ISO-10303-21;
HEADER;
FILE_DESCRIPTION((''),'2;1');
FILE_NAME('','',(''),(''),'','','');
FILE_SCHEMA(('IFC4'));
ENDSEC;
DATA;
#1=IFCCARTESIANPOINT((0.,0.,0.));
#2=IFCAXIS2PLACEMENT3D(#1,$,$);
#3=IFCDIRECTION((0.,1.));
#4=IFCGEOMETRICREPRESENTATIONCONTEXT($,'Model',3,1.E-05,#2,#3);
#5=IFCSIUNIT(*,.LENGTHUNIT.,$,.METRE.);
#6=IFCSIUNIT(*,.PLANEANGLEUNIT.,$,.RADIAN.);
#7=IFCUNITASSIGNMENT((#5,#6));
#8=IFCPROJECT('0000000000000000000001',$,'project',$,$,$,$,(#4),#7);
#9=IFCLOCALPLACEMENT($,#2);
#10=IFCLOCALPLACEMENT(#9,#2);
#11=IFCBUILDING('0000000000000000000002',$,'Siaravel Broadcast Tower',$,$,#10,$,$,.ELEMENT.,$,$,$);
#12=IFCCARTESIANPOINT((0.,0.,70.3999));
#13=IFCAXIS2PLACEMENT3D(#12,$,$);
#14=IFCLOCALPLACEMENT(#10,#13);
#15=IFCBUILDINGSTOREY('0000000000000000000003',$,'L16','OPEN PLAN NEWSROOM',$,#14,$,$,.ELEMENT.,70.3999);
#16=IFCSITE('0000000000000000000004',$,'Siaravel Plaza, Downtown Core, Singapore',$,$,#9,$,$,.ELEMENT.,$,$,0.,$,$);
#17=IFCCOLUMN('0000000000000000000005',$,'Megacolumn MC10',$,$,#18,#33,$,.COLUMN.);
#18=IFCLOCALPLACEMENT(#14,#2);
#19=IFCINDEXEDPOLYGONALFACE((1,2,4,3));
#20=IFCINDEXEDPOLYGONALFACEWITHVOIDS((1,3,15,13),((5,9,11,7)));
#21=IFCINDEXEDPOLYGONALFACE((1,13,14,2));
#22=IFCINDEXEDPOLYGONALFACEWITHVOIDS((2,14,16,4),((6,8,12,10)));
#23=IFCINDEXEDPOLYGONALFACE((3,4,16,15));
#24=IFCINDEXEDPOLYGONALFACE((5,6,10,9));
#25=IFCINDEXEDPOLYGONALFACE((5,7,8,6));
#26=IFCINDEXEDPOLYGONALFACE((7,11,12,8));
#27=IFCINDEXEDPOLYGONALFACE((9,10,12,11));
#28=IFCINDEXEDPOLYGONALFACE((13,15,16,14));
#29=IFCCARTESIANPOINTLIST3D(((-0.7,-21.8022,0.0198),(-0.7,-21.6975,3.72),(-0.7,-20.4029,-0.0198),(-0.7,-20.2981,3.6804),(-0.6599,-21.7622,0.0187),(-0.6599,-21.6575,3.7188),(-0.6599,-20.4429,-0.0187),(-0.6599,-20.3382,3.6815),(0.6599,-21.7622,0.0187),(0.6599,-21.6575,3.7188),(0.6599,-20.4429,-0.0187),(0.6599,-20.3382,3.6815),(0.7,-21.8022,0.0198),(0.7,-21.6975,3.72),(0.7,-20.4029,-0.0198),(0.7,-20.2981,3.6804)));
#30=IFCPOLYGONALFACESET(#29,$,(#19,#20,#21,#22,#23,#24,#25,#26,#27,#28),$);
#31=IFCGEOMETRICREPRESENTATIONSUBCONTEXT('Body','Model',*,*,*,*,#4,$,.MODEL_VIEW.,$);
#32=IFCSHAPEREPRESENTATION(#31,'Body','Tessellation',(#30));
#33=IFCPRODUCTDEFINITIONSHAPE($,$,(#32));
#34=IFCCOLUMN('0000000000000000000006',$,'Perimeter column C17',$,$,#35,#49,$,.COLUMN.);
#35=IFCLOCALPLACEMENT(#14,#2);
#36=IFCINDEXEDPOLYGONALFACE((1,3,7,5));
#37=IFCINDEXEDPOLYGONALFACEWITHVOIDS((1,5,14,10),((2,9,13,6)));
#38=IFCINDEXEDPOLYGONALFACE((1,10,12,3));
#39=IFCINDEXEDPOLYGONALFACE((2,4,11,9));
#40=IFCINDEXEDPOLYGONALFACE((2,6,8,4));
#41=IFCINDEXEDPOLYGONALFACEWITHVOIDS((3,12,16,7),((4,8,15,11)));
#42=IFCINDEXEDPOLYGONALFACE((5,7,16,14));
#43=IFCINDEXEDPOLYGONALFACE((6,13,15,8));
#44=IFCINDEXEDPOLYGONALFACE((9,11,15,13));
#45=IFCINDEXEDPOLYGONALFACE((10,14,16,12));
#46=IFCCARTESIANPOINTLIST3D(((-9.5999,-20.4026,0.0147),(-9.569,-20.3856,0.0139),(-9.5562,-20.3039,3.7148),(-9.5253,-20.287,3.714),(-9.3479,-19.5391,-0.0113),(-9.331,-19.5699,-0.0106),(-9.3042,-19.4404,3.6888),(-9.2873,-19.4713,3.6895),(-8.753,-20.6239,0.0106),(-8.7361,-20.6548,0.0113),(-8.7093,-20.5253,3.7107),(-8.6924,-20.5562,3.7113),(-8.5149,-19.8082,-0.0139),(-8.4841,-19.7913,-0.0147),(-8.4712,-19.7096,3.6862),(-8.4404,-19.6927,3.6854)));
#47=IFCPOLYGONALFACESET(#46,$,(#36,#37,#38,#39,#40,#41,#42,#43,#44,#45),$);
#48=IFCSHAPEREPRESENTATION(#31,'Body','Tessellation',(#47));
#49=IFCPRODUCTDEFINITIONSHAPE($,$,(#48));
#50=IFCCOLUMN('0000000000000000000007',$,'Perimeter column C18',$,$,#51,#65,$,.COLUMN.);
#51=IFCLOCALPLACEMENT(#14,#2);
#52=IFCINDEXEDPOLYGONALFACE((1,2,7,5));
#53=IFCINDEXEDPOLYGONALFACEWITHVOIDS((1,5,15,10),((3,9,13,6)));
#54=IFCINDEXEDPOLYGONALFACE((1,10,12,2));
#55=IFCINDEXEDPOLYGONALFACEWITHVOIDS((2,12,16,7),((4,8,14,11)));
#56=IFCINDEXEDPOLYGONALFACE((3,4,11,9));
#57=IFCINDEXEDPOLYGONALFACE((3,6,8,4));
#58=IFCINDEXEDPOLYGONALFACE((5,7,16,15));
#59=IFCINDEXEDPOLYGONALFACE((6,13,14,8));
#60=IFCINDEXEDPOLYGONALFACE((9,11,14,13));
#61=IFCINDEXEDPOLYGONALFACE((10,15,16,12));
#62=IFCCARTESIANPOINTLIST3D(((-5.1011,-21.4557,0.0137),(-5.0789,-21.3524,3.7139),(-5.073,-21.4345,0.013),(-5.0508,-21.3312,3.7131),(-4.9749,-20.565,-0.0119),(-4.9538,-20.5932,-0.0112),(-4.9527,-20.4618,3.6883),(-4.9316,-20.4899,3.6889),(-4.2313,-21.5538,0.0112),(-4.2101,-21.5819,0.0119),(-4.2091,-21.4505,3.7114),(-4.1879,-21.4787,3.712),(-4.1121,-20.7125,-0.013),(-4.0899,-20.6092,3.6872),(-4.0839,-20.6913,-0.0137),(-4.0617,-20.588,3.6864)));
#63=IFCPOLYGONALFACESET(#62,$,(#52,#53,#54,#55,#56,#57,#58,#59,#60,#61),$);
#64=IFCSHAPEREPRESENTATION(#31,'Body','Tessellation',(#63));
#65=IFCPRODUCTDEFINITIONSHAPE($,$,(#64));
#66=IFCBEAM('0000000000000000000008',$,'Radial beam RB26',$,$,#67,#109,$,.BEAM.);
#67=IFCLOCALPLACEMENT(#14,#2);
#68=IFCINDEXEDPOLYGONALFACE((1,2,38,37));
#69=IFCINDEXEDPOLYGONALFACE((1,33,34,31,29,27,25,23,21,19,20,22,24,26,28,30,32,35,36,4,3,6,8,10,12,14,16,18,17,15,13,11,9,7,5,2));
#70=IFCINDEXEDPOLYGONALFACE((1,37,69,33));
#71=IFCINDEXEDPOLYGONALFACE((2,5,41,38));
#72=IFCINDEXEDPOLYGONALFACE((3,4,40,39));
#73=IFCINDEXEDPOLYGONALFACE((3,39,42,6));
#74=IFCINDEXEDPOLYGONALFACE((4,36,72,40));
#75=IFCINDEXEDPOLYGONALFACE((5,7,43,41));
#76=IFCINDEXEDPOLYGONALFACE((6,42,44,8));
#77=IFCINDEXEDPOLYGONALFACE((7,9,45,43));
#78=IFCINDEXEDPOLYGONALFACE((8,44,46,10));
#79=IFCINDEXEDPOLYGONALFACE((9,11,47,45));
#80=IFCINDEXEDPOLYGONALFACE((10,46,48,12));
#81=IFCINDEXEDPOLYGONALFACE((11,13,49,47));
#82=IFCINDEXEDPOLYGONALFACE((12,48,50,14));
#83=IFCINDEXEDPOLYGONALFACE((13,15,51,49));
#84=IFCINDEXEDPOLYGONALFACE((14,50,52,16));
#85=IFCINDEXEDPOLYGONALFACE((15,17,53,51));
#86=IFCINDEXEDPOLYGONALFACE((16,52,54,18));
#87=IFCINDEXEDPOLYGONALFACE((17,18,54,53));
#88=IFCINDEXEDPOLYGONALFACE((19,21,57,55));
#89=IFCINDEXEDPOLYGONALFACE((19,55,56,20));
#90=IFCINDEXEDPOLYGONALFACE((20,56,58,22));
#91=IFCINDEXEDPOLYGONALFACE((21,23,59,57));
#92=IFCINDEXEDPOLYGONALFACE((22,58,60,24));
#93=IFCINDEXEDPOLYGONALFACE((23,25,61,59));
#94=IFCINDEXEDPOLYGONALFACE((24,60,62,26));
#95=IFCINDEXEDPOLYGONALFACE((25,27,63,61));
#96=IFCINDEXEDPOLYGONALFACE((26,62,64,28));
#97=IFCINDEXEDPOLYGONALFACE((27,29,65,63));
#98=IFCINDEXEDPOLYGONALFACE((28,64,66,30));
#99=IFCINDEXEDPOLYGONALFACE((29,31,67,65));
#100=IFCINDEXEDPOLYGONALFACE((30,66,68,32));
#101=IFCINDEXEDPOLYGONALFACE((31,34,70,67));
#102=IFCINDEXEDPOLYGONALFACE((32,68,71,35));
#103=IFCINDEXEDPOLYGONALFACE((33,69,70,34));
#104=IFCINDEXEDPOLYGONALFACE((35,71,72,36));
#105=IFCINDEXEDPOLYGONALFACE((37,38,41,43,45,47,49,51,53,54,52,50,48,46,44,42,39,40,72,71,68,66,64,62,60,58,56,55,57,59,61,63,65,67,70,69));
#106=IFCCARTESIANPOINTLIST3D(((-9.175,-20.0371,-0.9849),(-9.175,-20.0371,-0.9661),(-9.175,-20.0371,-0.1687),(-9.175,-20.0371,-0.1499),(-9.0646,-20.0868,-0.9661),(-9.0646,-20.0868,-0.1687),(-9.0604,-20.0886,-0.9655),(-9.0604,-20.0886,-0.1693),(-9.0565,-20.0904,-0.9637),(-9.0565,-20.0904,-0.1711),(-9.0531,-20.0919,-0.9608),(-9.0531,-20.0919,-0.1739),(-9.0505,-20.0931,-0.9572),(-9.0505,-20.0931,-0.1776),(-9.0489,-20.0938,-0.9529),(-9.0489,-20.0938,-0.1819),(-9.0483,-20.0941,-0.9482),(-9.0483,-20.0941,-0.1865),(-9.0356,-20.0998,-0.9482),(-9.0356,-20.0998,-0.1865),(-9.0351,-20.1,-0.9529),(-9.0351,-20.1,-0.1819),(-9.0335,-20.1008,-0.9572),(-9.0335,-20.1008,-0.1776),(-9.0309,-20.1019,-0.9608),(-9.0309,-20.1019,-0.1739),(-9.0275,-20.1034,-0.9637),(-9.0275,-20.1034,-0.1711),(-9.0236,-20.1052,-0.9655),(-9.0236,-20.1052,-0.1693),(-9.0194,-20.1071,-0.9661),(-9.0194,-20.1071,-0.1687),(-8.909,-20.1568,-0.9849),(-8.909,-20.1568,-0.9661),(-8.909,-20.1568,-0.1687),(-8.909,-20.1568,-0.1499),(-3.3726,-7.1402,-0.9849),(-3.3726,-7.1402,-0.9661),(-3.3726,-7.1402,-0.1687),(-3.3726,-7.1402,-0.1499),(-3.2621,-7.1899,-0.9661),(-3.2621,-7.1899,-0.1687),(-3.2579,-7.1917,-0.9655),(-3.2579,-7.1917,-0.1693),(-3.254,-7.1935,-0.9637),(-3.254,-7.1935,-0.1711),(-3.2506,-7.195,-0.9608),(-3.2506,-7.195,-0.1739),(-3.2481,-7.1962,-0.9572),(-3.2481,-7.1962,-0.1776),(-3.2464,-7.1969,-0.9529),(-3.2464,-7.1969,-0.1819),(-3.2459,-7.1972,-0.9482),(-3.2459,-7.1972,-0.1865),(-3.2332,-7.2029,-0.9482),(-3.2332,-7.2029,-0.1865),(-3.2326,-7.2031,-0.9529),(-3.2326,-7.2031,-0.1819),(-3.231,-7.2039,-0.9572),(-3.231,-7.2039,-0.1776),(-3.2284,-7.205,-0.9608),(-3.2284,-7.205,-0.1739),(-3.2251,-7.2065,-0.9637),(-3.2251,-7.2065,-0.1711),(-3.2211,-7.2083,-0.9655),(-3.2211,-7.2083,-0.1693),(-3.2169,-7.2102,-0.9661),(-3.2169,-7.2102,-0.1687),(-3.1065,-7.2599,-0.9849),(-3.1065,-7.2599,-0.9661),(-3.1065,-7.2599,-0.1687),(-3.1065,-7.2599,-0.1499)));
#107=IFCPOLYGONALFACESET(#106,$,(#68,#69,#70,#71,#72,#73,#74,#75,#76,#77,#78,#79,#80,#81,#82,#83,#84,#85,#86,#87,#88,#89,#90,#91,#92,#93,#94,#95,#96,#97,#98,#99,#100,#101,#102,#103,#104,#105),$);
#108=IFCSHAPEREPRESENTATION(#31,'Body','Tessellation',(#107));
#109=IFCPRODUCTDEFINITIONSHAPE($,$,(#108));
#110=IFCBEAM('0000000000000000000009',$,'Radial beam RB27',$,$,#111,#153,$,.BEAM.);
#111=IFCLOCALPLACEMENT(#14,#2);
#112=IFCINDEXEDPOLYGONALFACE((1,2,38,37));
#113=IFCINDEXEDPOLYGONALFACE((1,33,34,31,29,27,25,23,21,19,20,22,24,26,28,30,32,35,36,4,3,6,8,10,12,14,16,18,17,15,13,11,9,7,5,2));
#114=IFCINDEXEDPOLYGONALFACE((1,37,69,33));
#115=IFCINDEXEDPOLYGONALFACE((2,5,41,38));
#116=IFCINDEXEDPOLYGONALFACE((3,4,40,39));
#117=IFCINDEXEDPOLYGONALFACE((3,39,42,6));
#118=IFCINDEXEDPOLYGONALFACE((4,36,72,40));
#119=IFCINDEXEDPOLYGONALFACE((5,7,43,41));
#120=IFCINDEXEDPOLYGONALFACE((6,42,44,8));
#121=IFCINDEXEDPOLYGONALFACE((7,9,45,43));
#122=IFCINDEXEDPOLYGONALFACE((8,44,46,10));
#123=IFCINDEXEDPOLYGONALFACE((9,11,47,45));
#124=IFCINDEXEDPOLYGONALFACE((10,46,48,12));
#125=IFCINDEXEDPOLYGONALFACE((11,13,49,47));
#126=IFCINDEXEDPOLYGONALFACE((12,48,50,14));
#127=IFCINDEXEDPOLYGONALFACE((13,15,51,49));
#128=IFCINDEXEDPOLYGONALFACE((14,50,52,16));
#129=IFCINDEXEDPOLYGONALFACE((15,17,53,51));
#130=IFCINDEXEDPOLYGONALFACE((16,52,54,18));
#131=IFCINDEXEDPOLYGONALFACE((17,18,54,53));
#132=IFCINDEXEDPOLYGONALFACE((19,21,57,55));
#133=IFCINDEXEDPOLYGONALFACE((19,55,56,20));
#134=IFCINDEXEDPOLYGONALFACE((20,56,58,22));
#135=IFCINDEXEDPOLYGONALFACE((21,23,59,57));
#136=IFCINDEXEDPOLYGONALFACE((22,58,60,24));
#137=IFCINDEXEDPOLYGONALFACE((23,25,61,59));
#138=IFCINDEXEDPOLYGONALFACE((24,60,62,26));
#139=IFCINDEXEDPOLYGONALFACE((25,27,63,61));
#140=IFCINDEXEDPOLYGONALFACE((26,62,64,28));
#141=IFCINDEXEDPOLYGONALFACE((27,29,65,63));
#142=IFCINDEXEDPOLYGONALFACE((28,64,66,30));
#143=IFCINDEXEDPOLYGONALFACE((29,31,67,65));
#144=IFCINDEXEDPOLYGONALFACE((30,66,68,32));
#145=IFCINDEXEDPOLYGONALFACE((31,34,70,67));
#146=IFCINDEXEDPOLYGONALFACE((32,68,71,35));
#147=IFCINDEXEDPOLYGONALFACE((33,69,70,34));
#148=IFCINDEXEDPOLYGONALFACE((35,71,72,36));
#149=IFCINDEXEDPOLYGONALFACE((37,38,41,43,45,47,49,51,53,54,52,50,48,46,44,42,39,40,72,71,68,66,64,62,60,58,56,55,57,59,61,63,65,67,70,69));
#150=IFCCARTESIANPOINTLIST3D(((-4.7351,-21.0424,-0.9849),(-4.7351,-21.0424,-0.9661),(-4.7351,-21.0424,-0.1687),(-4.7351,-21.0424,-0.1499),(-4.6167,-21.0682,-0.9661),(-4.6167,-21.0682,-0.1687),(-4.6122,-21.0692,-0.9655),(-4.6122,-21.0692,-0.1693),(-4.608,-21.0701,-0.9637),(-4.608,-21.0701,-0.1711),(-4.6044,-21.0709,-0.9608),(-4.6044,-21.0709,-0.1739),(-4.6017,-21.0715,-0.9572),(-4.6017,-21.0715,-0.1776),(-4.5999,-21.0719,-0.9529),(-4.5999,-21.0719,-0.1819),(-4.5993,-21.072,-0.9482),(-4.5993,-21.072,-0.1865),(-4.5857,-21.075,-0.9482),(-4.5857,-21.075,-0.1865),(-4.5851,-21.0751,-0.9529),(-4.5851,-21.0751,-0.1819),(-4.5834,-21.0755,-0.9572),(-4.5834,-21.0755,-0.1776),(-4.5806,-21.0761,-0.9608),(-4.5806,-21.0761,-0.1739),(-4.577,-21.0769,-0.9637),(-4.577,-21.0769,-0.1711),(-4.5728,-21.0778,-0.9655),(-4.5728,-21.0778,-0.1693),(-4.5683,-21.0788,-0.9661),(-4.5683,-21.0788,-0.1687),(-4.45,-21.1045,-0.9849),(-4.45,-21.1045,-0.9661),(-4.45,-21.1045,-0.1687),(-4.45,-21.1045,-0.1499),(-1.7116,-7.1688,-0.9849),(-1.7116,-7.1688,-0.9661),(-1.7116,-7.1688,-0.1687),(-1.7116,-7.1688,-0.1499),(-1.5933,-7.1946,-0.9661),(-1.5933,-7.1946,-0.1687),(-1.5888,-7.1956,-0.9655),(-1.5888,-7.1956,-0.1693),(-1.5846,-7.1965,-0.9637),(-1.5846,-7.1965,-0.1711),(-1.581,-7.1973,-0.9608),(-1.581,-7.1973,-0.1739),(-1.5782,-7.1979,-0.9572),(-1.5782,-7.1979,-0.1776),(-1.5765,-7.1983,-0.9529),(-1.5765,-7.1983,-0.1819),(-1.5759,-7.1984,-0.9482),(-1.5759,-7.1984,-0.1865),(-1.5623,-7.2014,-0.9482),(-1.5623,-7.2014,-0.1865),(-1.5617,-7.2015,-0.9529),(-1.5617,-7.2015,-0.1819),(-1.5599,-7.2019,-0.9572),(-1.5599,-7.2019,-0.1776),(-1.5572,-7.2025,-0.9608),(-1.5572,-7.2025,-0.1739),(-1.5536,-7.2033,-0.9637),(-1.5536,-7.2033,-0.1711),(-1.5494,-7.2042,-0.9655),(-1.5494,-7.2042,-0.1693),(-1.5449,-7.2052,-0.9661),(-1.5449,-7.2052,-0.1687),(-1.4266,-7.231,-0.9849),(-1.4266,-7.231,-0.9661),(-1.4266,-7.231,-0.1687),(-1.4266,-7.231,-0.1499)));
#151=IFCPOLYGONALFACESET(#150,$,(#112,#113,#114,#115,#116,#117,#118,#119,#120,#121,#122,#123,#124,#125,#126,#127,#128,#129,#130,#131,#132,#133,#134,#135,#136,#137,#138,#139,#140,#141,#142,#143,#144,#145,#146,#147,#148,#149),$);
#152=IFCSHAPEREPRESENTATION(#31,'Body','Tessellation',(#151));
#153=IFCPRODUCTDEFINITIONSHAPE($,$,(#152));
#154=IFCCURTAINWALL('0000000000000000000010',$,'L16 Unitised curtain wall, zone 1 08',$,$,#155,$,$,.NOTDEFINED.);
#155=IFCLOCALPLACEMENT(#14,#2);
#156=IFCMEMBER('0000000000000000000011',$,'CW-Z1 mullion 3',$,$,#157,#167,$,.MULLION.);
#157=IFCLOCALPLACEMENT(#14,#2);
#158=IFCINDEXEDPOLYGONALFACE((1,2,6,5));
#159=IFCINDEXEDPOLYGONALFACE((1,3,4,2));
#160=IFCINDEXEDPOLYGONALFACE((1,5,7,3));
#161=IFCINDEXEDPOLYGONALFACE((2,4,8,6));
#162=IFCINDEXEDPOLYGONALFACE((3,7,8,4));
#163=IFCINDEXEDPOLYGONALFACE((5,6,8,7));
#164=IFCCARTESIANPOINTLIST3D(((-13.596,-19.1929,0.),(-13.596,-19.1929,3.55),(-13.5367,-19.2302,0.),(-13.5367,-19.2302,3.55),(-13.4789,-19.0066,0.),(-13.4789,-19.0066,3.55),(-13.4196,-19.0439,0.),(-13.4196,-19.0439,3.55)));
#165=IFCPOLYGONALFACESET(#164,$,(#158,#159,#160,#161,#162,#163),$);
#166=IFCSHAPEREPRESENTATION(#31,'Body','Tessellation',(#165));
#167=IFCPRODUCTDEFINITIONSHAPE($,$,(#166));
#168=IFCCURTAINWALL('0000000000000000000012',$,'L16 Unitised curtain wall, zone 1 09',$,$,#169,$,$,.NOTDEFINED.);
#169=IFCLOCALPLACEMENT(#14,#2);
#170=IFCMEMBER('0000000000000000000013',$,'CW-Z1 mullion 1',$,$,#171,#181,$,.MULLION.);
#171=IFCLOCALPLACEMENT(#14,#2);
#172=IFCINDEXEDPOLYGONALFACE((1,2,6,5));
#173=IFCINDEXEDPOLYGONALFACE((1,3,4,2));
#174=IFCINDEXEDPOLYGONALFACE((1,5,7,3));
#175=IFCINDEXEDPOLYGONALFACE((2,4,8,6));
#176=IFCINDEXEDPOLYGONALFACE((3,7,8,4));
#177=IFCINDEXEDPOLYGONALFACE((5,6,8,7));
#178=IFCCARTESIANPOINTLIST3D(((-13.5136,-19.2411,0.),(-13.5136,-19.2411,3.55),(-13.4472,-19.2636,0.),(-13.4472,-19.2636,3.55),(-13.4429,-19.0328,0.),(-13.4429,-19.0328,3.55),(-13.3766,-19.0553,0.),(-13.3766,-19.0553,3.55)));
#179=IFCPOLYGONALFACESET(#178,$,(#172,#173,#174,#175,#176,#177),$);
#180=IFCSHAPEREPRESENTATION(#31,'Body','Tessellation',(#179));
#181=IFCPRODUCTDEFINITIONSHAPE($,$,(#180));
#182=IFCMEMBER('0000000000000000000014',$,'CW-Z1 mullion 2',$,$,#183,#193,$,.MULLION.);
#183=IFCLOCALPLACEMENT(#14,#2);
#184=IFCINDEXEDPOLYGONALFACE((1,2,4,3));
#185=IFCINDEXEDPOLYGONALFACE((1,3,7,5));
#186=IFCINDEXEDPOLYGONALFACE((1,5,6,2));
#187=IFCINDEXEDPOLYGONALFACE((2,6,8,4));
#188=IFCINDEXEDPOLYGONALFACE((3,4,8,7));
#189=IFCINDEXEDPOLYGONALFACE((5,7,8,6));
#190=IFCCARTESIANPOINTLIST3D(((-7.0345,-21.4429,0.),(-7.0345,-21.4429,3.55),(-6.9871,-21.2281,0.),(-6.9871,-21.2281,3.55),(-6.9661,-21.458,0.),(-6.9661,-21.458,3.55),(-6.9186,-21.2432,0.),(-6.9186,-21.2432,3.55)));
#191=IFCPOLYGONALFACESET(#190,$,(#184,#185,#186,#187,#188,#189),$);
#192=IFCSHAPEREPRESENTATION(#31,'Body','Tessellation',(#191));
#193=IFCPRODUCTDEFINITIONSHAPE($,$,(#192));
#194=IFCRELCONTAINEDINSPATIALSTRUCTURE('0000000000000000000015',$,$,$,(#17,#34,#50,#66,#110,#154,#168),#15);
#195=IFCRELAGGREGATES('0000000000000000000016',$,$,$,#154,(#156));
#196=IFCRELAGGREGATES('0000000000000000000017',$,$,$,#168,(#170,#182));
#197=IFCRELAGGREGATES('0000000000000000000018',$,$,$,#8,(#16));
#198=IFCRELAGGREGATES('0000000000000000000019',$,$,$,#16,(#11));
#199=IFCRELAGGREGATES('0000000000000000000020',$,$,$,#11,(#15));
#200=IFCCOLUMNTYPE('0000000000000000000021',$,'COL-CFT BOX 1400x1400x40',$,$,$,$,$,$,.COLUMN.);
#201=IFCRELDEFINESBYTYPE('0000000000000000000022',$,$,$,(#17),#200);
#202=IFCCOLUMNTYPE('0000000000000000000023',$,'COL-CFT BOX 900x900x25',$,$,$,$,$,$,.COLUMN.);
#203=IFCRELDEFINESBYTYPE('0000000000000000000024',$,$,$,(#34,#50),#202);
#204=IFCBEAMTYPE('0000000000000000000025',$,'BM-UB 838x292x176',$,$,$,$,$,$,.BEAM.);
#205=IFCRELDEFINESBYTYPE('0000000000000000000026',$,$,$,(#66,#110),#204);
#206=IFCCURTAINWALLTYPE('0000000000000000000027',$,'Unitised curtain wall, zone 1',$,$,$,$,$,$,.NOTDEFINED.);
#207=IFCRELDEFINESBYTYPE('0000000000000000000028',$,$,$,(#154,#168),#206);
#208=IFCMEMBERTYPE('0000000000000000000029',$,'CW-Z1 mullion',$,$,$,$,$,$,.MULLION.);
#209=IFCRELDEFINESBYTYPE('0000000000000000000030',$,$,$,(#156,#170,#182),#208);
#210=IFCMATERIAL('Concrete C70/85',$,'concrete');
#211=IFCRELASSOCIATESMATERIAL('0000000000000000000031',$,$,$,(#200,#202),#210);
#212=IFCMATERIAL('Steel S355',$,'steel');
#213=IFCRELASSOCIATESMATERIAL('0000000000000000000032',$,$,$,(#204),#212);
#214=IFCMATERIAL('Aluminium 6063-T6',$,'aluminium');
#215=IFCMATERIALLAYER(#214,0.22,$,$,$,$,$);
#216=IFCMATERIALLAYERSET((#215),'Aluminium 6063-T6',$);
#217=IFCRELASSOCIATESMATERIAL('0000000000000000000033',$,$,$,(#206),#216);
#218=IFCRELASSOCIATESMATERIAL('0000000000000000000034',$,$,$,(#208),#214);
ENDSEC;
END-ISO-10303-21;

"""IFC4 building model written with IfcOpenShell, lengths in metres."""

from ifc_helpers import new_model, si_unit, direction, frame, origin, origin_2d, place, context, subcontext, project, spatial, rectangle, hollow_rectangle, i_section, extrude, material, layer, layer_set, material_profile, profile_set, type_object, element, aggregate, save


model = new_model("IFC4")

# Units and contexts
model_context = context("Model", 3, precision=1e-05, world=origin(), true_north=direction((0.0, 1.0)))
body_context = subcontext(model_context, "Body", "Model", "MODEL_VIEW")
ifc_project = project(units=[si_unit("LENGTHUNIT", "METRE"), si_unit("PLANEANGLEUNIT", "RADIAN")], contexts=[model_context])

# Site, building, storey
site_placement = place(None, origin())
site = spatial("IfcSite", under=ifc_project, at=site_placement, Name="Siaravel Plaza, Downtown Core, Singapore", CompositionType="ELEMENT", RefElevation=0.0)
building_placement = place(site_placement, origin())
building = spatial("IfcBuilding", under=site, at=building_placement, Name="Siaravel Broadcast Tower", CompositionType="ELEMENT")
storey_placement = place(building_placement, frame((0.0, 0.0, 70.3999)))
storey = spatial("IfcBuildingStorey", under=building, at=storey_placement, Name="L16", Description="OPEN PLAN NEWSROOM", CompositionType="ELEMENT", Elevation=70.3999)

# Columns
ifc_material_1 = material(Name="Concrete C70/85", Category="concrete")
ifc_material_profile_1 = material_profile(ifc_material_1, hollow_rectangle(XDim=1.3999, YDim=1.3999, WallThickness=0.04, at=origin_2d()))
ifc_profile_set_1 = profile_set([ifc_material_profile_1], Name="Concrete C70/85")
column_type_1 = type_object("IfcColumnType", Name="COL-CFT BOX 1400x1400x40", PredefinedType="COLUMN", material=ifc_profile_set_1)
column_placement = place(storey_placement, frame((0.0, -21.1025, 0.0), z_axis=(0.0, 0.028294, 0.9996), x_axis=(-1.0, 0.0, 0.0)))
element("IfcColumn", 1, at=column_placement, inside=storey, type_object=column_type_1, Name="Megacolumn MC10", PredefinedType="COLUMN", context=body_context, shape_type="SweptSolid", body=[
    extrude(hollow_rectangle(XDim=1.3999, YDim=1.3999, WallThickness=0.04, at=origin_2d()), origin(), (0.0, 0.0, 1.0), 3.7017),
])
ifc_material_profile_2 = material_profile(ifc_material_1, hollow_rectangle(XDim=0.8999, YDim=0.8999, WallThickness=0.0249, at=origin_2d()))
ifc_profile_set_2 = profile_set([ifc_material_profile_2], Name="Concrete C70/85")
column_type_2 = type_object("IfcColumnType", Name="COL-CFT BOX 900x900x25", PredefinedType="COLUMN", material=ifc_profile_set_2)
for number, where, z_axis, x_axis, name in (
    (2, (-9.042, -20.0969, 0.0), (0.011805, 0.026645, 0.999575), (-0.959911, 0.280277, 0.003866), "Perimeter column C17"),
    (3, (-4.5925, -21.0735, 0.0), (0.006002, 0.027898, 0.999593), (-0.990103, 0.140325, 0.002028), "Perimeter column C18"),
):
    element("IfcColumn", number, at=place(storey_placement, frame(where, z_axis=z_axis, x_axis=x_axis)), inside=storey, type_object=column_type_2, Name=name, PredefinedType="COLUMN", context=body_context, shape_type="SweptSolid", body=[
        extrude(hollow_rectangle(XDim=0.8999, YDim=0.8999, WallThickness=0.0249, at=origin_2d()), origin(), (0.0, 0.0, 1.0), 3.7017),
    ])

# Beams
ifc_material_2 = material(Name="Steel S355", Category="steel")
ifc_material_profile_3 = material_profile(ifc_material_2, i_section(OverallWidth=0.2917, OverallDepth=0.835, WebThickness=0.0139, FlangeThickness=0.0188, FilletRadius=0.0178, at=origin_2d()))
ifc_profile_set_3 = profile_set([ifc_material_profile_3], Name="Steel S355")
beam_type = type_object("IfcBeamType", Name="BM-UB 838x292x176", PredefinedType="BEAM", material=ifc_profile_set_3)
beam_1_placement = place(storey_placement, frame((-9.042, -20.0969, -0.5674), z_axis=(0.410297, 0.911952, 0.0), x_axis=(-0.911952, 0.410297, 0.0)))
element("IfcBeam", 4, at=beam_1_placement, inside=storey, type_object=beam_type, Name="Radial beam RB26", PredefinedType="BEAM", context=body_context, shape_type="SweptSolid", body=[
    extrude(i_section(OverallWidth=0.2917, OverallDepth=0.835, WebThickness=0.0139, FlangeThickness=0.0188, FilletRadius=0.0178, at=origin_2d()), origin(), (0.0, 0.0, 1.0), 14.1421),
])
beam_2_placement = place(storey_placement, frame((-4.5925, -21.0735, -0.5674), z_axis=(0.212931, 0.977067, 0.0), x_axis=(-0.977067, 0.212931, 0.0)))
element("IfcBeam", 5, at=beam_2_placement, inside=storey, type_object=beam_type, Name="Radial beam RB27", PredefinedType="BEAM", context=body_context, shape_type="SweptSolid", body=[
    extrude(i_section(OverallWidth=0.2917, OverallDepth=0.835, WebThickness=0.0139, FlangeThickness=0.0188, FilletRadius=0.0178, at=origin_2d()), origin(), (0.0, 0.0, 1.0), 14.1992),
])

# Curtain wall, member
ifc_material_3 = material(Name="Aluminium 6063-T6", Category="aluminium")
ifc_layer_1 = layer(ifc_material_3, 0.22)
ifc_layer_set_1 = layer_set([ifc_layer_1], Name="Aluminium 6063-T6")
curtain_wall_type = type_object("IfcCurtainWallType", Name="Unitised curtain wall, zone 1", PredefinedType="NOTDEFINED", material=ifc_layer_set_1)
curtain_wall_1_placement = place(storey_placement, origin())
curtain_wall_1 = element("IfcCurtainWall", 6, at=curtain_wall_1_placement, inside=storey, type_object=curtain_wall_type, Name="L16 Unitised curtain wall, zone 1 08", PredefinedType="NOTDEFINED")
ifc_material_profile_4 = material_profile(ifc_material_3, rectangle(XDim=0.22, YDim=0.0701, at=origin_2d()))
ifc_profile_set_4 = profile_set([ifc_material_profile_4], Name="Aluminium 6063-T6")
member_type_1 = type_object("IfcMemberType", Name="CW-Z1 mullion", PredefinedType="MULLION", material=ifc_profile_set_4)
member_1_placement = place(storey_placement, frame((-13.5078, -19.1184, 0.0), z_axis=(0.0, 0.0, 1.0), x_axis=(0.53215, 0.84665, 0.0)))
member_1 = element("IfcMember", 7, at=member_1_placement, type_object=member_type_1, Name="CW-Z1 mullion 3", PredefinedType="MULLION", context=body_context, shape_type="SweptSolid", body=[
    extrude(rectangle(XDim=0.22, YDim=0.0701, at=origin_2d()), origin(), (0.0, 0.0, 1.0), 3.55),
])
aggregate(curtain_wall_1, [member_1])

# Curtain wall, members
curtain_wall_2_placement = place(storey_placement, origin())
curtain_wall_2 = element("IfcCurtainWall", 8, at=curtain_wall_2_placement, inside=storey, type_object=curtain_wall_type, Name="L16 Unitised curtain wall, zone 1 09", PredefinedType="NOTDEFINED")
member_2_placement = place(storey_placement, frame((-13.4451, -19.1482, 0.0), z_axis=(0.0, 0.0, 1.0), x_axis=(0.321301, 0.946977, 0.0)))
member_2 = element("IfcMember", 9, at=member_2_placement, type_object=member_type_1, Name="CW-Z1 mullion 1", PredefinedType="MULLION", context=body_context, shape_type="SweptSolid", body=[
    extrude(rectangle(XDim=0.22, YDim=0.0701, at=origin_2d()), origin(), (0.0, 0.0, 1.0), 3.55),
])
member_3_placement = place(storey_placement, frame((-6.9766, -21.343, 0.0), z_axis=(0.0, 0.0, 1.0), x_axis=(0.215558, 0.976491, 0.0)))
member_3 = element("IfcMember", 10, at=member_3_placement, type_object=member_type_1, Name="CW-Z1 mullion 2", PredefinedType="MULLION", context=body_context, shape_type="SweptSolid", body=[
    extrude(rectangle(XDim=0.22, YDim=0.0701, at=origin_2d()), origin(), (0.0, 0.0, 1.0), 3.55),
])

aggregate(curtain_wall_2, [member_2, member_3])

save(model, "model.ifc")
